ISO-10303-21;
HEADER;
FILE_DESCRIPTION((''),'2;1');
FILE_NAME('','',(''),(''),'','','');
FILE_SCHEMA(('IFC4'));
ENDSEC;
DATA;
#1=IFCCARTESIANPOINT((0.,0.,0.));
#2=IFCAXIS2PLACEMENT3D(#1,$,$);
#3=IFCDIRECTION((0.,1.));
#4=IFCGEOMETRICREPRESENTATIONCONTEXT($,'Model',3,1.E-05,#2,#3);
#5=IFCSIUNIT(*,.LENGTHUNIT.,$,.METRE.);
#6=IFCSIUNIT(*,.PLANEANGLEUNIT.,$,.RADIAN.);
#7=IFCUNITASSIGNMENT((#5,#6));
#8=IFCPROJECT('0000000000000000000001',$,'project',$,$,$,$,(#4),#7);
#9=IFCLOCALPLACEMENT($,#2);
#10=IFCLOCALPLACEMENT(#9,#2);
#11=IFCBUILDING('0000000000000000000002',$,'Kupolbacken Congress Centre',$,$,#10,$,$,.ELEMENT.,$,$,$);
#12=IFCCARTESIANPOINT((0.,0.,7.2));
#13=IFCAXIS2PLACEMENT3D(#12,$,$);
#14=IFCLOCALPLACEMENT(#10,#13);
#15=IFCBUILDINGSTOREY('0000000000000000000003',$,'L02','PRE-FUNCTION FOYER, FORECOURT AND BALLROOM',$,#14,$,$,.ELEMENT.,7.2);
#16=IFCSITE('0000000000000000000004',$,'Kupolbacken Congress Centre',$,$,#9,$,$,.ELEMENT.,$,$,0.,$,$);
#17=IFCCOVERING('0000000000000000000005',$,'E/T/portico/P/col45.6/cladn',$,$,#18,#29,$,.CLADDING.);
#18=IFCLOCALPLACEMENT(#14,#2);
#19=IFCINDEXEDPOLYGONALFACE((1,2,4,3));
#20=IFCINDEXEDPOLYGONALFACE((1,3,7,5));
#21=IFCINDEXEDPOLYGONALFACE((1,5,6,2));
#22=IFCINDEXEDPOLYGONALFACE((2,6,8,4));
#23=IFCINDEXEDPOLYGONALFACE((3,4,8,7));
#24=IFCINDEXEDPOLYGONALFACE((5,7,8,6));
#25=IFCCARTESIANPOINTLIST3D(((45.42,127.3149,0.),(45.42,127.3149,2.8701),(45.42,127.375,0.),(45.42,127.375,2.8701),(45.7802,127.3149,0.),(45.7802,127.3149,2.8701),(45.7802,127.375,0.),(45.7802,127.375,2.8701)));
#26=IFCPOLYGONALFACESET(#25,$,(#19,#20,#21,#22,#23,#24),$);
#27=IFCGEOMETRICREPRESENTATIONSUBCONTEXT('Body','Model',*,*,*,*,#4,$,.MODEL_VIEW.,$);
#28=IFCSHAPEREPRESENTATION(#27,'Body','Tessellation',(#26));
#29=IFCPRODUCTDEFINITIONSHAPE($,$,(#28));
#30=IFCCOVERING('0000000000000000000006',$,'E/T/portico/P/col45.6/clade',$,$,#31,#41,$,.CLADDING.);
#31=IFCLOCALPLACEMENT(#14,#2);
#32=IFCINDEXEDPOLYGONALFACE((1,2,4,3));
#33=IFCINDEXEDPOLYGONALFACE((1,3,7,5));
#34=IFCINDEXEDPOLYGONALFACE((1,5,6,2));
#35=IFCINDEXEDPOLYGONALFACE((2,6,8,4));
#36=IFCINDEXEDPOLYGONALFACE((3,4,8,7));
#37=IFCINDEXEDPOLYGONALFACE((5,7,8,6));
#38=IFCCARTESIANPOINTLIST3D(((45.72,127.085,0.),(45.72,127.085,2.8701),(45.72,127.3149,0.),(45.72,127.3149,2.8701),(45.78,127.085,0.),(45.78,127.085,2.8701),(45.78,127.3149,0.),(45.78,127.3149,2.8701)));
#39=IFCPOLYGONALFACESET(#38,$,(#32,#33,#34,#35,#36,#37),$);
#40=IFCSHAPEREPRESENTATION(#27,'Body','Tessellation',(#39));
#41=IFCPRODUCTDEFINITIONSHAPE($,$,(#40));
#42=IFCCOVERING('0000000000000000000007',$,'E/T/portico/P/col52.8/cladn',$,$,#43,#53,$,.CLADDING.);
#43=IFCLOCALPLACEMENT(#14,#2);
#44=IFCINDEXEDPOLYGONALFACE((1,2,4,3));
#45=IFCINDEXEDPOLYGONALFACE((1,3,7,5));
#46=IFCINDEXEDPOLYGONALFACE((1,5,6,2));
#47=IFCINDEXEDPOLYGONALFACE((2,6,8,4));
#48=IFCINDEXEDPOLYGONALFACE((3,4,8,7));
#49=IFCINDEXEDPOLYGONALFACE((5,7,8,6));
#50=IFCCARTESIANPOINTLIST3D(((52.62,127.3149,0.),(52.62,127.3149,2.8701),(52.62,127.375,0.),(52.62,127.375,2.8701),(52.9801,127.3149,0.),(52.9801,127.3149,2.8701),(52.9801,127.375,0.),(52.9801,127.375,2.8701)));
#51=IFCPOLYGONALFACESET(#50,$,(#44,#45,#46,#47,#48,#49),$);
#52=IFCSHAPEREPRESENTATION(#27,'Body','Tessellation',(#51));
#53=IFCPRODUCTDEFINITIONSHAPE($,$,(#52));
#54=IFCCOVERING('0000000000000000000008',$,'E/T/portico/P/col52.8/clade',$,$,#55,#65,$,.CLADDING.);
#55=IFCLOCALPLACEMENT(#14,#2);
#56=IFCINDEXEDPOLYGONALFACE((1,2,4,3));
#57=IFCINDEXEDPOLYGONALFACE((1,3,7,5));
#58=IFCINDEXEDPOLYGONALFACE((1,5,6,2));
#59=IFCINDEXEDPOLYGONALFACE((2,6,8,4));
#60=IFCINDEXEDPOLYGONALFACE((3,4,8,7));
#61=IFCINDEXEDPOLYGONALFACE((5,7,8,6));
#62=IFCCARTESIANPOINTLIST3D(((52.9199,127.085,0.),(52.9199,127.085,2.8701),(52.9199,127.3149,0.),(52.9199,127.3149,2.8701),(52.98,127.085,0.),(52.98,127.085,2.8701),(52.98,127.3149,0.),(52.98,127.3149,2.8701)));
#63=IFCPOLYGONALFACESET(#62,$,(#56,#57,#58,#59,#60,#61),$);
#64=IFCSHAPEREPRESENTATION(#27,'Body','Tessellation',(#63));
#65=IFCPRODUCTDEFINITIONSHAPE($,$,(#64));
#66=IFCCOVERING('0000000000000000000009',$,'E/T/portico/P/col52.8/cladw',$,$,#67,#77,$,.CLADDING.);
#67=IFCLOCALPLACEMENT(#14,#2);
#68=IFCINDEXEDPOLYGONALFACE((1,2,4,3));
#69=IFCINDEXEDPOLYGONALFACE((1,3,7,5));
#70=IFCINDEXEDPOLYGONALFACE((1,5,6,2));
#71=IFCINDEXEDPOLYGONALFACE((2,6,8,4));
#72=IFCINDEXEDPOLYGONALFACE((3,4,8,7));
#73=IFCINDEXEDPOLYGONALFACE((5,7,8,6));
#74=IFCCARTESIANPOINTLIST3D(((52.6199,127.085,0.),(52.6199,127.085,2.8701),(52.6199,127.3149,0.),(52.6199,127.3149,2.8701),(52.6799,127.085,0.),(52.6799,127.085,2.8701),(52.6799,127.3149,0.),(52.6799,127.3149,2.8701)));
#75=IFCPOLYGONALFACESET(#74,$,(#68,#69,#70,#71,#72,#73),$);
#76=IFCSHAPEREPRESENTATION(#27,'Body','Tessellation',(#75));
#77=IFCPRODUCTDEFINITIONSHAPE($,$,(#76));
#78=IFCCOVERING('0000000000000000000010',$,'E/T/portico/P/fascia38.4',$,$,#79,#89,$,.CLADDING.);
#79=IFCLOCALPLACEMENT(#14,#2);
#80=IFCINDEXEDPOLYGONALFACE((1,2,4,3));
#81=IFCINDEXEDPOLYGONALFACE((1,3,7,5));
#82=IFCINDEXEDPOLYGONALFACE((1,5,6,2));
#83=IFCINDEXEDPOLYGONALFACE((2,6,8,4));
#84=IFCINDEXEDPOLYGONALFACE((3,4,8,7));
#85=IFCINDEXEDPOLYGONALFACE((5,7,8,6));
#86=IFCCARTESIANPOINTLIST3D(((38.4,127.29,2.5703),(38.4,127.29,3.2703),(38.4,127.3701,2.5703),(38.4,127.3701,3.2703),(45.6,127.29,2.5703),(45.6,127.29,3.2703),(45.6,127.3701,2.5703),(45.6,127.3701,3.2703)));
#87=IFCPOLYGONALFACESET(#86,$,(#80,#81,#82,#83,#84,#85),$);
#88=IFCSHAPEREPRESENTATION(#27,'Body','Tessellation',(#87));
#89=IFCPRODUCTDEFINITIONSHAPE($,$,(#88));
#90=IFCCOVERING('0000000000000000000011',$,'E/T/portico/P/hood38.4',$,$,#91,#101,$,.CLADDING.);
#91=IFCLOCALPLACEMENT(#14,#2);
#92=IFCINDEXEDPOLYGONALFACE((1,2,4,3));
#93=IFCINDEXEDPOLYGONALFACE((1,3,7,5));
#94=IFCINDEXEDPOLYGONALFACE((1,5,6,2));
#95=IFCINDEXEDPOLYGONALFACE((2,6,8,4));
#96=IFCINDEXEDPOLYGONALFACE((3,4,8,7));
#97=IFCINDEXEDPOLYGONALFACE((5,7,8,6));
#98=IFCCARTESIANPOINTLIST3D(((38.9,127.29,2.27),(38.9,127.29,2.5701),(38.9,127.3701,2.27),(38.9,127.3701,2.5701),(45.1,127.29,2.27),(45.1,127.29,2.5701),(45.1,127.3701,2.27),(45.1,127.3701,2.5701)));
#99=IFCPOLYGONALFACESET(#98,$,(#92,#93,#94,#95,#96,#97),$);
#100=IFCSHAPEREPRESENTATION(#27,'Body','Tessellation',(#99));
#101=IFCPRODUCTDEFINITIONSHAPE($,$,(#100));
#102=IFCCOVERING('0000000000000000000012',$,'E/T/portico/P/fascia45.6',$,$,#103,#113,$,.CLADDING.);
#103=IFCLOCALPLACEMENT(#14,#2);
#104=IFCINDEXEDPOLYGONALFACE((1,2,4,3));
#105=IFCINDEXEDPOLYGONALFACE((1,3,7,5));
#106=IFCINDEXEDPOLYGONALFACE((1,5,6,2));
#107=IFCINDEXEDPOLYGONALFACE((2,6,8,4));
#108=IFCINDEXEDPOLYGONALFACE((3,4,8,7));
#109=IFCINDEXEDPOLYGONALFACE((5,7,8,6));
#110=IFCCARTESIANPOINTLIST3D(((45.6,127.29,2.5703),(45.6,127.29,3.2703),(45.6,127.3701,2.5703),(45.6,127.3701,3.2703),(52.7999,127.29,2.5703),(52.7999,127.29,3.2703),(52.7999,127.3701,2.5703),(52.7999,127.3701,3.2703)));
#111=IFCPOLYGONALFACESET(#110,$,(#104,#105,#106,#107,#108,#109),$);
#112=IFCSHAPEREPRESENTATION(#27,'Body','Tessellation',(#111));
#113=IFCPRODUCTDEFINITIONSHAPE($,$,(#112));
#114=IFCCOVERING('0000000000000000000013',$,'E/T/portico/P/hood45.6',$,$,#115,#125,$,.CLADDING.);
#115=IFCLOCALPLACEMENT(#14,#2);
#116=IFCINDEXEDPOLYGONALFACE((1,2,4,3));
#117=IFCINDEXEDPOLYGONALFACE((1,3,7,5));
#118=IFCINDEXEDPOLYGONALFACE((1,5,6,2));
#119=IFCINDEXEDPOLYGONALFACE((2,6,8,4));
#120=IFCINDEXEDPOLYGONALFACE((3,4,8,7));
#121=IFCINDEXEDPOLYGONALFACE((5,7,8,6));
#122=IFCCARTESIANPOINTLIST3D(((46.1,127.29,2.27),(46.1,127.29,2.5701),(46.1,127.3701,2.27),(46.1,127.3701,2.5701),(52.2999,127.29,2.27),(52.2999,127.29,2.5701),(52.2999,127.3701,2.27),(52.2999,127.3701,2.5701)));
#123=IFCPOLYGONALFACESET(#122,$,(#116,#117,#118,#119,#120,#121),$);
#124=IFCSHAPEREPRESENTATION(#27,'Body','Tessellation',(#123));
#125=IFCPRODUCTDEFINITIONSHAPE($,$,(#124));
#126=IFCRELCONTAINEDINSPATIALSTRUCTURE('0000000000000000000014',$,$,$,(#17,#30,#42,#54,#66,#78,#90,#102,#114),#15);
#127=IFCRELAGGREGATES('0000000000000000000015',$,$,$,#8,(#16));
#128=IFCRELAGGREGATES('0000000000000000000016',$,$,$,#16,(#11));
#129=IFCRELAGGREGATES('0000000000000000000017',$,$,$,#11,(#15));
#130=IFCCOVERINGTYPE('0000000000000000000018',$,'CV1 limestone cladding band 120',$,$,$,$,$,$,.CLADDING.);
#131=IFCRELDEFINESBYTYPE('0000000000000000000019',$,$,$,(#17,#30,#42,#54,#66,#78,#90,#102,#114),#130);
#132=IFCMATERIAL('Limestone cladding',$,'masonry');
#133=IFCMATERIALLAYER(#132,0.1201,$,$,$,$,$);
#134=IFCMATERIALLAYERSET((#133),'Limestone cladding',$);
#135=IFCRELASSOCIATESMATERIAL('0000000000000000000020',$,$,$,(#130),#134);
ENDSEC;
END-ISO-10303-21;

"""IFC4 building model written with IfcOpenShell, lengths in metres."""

from ifc_helpers import new_model, si_unit, direction, frame, origin, origin_2d, place, context, subcontext, project, spatial, rectangle, extrude, material, layer, layer_set, type_object, element, save


model = new_model("IFC4")

# Units and contexts
model_context = context("Model", 3, precision=1e-05, world=origin(), true_north=direction((0.0, 1.0)))
body_context = subcontext(model_context, "Body", "Model", "MODEL_VIEW")
ifc_project = project(units=[si_unit("LENGTHUNIT", "METRE"), si_unit("PLANEANGLEUNIT", "RADIAN")], contexts=[model_context])

# Site, building, storey
site_placement = place(None, origin())
site = spatial("IfcSite", under=ifc_project, at=site_placement, Name="Kupolbacken Congress Centre", CompositionType="ELEMENT", RefElevation=0.0)
building_placement = place(site_placement, origin())
building = spatial("IfcBuilding", under=site, at=building_placement, Name="Kupolbacken Congress Centre", CompositionType="ELEMENT")
storey_placement = place(building_placement, frame((0.0, 0.0, 7.2)))
storey = spatial("IfcBuildingStorey", under=building, at=storey_placement, Name="L02", Description="PRE-FUNCTION FOYER, FORECOURT AND BALLROOM", CompositionType="ELEMENT", Elevation=7.2)

# Coverings
ifc_material_1 = material(Name="Limestone cladding", Category="masonry")
ifc_layer_1 = layer(ifc_material_1, 0.1201)
ifc_layer_set_1 = layer_set([ifc_layer_1], Name="Limestone cladding")
covering_type_1 = type_object("IfcCoveringType", Name="CV1 limestone cladding band 120", PredefinedType="CLADDING", material=ifc_layer_set_1)
for number, where, z_axis, x_axis, name in (
    (1, (45.6001, 127.345, 0.0), (0.0, 0.0, 1.0), (1.0, 0.0, 0.0), "E/T/portico/P/col45.6/cladn"),
):
    element("IfcCovering", number, at=place(storey_placement, frame(where, z_axis=z_axis, x_axis=x_axis)), inside=storey, type_object=covering_type_1, Name=name, PredefinedType="CLADDING", context=body_context, shape_type="SweptSolid", body=[
        extrude(rectangle(XDim=0.3601, YDim=0.0601, at=origin_2d()), origin(), (0.0, 0.0, 1.0), 2.8701),
    ])
covering_1_placement = place(storey_placement, frame((45.75, 127.2, 0.0), z_axis=(0.0, 0.0, 1.0), x_axis=(1.0, 0.0, 0.0)))
element("IfcCovering", 2, at=covering_1_placement, inside=storey, type_object=covering_type_1, Name="E/T/portico/P/col45.6/clade", PredefinedType="CLADDING", context=body_context, shape_type="SweptSolid", body=[
    extrude(rectangle(XDim=0.0601, YDim=0.23, at=origin_2d()), origin(), (0.0, 0.0, 1.0), 2.8701),
])
covering_2_placement = place(storey_placement, frame((52.8, 127.345, 0.0), z_axis=(0.0, 0.0, 1.0), x_axis=(1.0, 0.0, 0.0)))
element("IfcCovering", 3, at=covering_2_placement, inside=storey, type_object=covering_type_1, Name="E/T/portico/P/col52.8/cladn", PredefinedType="CLADDING", context=body_context, shape_type="SweptSolid", body=[
    extrude(rectangle(XDim=0.3601, YDim=0.0601, at=origin_2d()), origin(), (0.0, 0.0, 1.0), 2.8701),
])
for number, where, z_axis, x_axis, name in (
    (4, (52.95, 127.2, 0.0), (0.0, 0.0, 1.0), (1.0, 0.0, 0.0), "E/T/portico/P/col52.8/clade"),
    (5, (52.6499, 127.2, 0.0), (0.0, 0.0, 1.0), (1.0, 0.0, 0.0), "E/T/portico/P/col52.8/cladw"),
):
    element("IfcCovering", number, at=place(storey_placement, frame(where, z_axis=z_axis, x_axis=x_axis)), inside=storey, type_object=covering_type_1, Name=name, PredefinedType="CLADDING", context=body_context, shape_type="SweptSolid", body=[
        extrude(rectangle(XDim=0.0601, YDim=0.23, at=origin_2d()), origin(), (0.0, 0.0, 1.0), 2.8701),
    ])
covering_3_placement = place(storey_placement, frame((42.0, 127.3301, 2.5703), z_axis=(0.0, 0.0, 1.0), x_axis=(1.0, 0.0, 0.0)))
element("IfcCovering", 6, at=covering_3_placement, inside=storey, type_object=covering_type_1, Name="E/T/portico/P/fascia38.4", PredefinedType="CLADDING", context=body_context, shape_type="SweptSolid", body=[
    extrude(rectangle(XDim=7.2, YDim=0.0801, at=origin_2d()), origin(), (0.0, 0.0, 1.0), 0.7),
])
covering_4_placement = place(storey_placement, frame((42.0, 127.3301, 2.27), z_axis=(0.0, 0.0, 1.0), x_axis=(1.0, 0.0, 0.0)))
element("IfcCovering", 7, at=covering_4_placement, inside=storey, type_object=covering_type_1, Name="E/T/portico/P/hood38.4", PredefinedType="CLADDING", context=body_context, shape_type="SweptSolid", body=[
    extrude(rectangle(XDim=6.2, YDim=0.0801, at=origin_2d()), origin(), (0.0, 0.0, 1.0), 0.3),
])
covering_5_placement = place(storey_placement, frame((49.2, 127.3301, 2.5703), z_axis=(0.0, 0.0, 1.0), x_axis=(1.0, 0.0, 0.0)))
element("IfcCovering", 8, at=covering_5_placement, inside=storey, type_object=covering_type_1, Name="E/T/portico/P/fascia45.6", PredefinedType="CLADDING", context=body_context, shape_type="SweptSolid", body=[
    extrude(rectangle(XDim=7.2, YDim=0.0801, at=origin_2d()), origin(), (0.0, 0.0, 1.0), 0.7),
])
covering_6_placement = place(storey_placement, frame((49.2, 127.3301, 2.27), z_axis=(0.0, 0.0, 1.0), x_axis=(1.0, 0.0, 0.0)))
element("IfcCovering", 9, at=covering_6_placement, inside=storey, type_object=covering_type_1, Name="E/T/portico/P/hood45.6", PredefinedType="CLADDING", context=body_context, shape_type="SweptSolid", body=[
    extrude(rectangle(XDim=6.2, YDim=0.0801, at=origin_2d()), origin(), (0.0, 0.0, 1.0), 0.3),
])

save(model, "model.ifc")
